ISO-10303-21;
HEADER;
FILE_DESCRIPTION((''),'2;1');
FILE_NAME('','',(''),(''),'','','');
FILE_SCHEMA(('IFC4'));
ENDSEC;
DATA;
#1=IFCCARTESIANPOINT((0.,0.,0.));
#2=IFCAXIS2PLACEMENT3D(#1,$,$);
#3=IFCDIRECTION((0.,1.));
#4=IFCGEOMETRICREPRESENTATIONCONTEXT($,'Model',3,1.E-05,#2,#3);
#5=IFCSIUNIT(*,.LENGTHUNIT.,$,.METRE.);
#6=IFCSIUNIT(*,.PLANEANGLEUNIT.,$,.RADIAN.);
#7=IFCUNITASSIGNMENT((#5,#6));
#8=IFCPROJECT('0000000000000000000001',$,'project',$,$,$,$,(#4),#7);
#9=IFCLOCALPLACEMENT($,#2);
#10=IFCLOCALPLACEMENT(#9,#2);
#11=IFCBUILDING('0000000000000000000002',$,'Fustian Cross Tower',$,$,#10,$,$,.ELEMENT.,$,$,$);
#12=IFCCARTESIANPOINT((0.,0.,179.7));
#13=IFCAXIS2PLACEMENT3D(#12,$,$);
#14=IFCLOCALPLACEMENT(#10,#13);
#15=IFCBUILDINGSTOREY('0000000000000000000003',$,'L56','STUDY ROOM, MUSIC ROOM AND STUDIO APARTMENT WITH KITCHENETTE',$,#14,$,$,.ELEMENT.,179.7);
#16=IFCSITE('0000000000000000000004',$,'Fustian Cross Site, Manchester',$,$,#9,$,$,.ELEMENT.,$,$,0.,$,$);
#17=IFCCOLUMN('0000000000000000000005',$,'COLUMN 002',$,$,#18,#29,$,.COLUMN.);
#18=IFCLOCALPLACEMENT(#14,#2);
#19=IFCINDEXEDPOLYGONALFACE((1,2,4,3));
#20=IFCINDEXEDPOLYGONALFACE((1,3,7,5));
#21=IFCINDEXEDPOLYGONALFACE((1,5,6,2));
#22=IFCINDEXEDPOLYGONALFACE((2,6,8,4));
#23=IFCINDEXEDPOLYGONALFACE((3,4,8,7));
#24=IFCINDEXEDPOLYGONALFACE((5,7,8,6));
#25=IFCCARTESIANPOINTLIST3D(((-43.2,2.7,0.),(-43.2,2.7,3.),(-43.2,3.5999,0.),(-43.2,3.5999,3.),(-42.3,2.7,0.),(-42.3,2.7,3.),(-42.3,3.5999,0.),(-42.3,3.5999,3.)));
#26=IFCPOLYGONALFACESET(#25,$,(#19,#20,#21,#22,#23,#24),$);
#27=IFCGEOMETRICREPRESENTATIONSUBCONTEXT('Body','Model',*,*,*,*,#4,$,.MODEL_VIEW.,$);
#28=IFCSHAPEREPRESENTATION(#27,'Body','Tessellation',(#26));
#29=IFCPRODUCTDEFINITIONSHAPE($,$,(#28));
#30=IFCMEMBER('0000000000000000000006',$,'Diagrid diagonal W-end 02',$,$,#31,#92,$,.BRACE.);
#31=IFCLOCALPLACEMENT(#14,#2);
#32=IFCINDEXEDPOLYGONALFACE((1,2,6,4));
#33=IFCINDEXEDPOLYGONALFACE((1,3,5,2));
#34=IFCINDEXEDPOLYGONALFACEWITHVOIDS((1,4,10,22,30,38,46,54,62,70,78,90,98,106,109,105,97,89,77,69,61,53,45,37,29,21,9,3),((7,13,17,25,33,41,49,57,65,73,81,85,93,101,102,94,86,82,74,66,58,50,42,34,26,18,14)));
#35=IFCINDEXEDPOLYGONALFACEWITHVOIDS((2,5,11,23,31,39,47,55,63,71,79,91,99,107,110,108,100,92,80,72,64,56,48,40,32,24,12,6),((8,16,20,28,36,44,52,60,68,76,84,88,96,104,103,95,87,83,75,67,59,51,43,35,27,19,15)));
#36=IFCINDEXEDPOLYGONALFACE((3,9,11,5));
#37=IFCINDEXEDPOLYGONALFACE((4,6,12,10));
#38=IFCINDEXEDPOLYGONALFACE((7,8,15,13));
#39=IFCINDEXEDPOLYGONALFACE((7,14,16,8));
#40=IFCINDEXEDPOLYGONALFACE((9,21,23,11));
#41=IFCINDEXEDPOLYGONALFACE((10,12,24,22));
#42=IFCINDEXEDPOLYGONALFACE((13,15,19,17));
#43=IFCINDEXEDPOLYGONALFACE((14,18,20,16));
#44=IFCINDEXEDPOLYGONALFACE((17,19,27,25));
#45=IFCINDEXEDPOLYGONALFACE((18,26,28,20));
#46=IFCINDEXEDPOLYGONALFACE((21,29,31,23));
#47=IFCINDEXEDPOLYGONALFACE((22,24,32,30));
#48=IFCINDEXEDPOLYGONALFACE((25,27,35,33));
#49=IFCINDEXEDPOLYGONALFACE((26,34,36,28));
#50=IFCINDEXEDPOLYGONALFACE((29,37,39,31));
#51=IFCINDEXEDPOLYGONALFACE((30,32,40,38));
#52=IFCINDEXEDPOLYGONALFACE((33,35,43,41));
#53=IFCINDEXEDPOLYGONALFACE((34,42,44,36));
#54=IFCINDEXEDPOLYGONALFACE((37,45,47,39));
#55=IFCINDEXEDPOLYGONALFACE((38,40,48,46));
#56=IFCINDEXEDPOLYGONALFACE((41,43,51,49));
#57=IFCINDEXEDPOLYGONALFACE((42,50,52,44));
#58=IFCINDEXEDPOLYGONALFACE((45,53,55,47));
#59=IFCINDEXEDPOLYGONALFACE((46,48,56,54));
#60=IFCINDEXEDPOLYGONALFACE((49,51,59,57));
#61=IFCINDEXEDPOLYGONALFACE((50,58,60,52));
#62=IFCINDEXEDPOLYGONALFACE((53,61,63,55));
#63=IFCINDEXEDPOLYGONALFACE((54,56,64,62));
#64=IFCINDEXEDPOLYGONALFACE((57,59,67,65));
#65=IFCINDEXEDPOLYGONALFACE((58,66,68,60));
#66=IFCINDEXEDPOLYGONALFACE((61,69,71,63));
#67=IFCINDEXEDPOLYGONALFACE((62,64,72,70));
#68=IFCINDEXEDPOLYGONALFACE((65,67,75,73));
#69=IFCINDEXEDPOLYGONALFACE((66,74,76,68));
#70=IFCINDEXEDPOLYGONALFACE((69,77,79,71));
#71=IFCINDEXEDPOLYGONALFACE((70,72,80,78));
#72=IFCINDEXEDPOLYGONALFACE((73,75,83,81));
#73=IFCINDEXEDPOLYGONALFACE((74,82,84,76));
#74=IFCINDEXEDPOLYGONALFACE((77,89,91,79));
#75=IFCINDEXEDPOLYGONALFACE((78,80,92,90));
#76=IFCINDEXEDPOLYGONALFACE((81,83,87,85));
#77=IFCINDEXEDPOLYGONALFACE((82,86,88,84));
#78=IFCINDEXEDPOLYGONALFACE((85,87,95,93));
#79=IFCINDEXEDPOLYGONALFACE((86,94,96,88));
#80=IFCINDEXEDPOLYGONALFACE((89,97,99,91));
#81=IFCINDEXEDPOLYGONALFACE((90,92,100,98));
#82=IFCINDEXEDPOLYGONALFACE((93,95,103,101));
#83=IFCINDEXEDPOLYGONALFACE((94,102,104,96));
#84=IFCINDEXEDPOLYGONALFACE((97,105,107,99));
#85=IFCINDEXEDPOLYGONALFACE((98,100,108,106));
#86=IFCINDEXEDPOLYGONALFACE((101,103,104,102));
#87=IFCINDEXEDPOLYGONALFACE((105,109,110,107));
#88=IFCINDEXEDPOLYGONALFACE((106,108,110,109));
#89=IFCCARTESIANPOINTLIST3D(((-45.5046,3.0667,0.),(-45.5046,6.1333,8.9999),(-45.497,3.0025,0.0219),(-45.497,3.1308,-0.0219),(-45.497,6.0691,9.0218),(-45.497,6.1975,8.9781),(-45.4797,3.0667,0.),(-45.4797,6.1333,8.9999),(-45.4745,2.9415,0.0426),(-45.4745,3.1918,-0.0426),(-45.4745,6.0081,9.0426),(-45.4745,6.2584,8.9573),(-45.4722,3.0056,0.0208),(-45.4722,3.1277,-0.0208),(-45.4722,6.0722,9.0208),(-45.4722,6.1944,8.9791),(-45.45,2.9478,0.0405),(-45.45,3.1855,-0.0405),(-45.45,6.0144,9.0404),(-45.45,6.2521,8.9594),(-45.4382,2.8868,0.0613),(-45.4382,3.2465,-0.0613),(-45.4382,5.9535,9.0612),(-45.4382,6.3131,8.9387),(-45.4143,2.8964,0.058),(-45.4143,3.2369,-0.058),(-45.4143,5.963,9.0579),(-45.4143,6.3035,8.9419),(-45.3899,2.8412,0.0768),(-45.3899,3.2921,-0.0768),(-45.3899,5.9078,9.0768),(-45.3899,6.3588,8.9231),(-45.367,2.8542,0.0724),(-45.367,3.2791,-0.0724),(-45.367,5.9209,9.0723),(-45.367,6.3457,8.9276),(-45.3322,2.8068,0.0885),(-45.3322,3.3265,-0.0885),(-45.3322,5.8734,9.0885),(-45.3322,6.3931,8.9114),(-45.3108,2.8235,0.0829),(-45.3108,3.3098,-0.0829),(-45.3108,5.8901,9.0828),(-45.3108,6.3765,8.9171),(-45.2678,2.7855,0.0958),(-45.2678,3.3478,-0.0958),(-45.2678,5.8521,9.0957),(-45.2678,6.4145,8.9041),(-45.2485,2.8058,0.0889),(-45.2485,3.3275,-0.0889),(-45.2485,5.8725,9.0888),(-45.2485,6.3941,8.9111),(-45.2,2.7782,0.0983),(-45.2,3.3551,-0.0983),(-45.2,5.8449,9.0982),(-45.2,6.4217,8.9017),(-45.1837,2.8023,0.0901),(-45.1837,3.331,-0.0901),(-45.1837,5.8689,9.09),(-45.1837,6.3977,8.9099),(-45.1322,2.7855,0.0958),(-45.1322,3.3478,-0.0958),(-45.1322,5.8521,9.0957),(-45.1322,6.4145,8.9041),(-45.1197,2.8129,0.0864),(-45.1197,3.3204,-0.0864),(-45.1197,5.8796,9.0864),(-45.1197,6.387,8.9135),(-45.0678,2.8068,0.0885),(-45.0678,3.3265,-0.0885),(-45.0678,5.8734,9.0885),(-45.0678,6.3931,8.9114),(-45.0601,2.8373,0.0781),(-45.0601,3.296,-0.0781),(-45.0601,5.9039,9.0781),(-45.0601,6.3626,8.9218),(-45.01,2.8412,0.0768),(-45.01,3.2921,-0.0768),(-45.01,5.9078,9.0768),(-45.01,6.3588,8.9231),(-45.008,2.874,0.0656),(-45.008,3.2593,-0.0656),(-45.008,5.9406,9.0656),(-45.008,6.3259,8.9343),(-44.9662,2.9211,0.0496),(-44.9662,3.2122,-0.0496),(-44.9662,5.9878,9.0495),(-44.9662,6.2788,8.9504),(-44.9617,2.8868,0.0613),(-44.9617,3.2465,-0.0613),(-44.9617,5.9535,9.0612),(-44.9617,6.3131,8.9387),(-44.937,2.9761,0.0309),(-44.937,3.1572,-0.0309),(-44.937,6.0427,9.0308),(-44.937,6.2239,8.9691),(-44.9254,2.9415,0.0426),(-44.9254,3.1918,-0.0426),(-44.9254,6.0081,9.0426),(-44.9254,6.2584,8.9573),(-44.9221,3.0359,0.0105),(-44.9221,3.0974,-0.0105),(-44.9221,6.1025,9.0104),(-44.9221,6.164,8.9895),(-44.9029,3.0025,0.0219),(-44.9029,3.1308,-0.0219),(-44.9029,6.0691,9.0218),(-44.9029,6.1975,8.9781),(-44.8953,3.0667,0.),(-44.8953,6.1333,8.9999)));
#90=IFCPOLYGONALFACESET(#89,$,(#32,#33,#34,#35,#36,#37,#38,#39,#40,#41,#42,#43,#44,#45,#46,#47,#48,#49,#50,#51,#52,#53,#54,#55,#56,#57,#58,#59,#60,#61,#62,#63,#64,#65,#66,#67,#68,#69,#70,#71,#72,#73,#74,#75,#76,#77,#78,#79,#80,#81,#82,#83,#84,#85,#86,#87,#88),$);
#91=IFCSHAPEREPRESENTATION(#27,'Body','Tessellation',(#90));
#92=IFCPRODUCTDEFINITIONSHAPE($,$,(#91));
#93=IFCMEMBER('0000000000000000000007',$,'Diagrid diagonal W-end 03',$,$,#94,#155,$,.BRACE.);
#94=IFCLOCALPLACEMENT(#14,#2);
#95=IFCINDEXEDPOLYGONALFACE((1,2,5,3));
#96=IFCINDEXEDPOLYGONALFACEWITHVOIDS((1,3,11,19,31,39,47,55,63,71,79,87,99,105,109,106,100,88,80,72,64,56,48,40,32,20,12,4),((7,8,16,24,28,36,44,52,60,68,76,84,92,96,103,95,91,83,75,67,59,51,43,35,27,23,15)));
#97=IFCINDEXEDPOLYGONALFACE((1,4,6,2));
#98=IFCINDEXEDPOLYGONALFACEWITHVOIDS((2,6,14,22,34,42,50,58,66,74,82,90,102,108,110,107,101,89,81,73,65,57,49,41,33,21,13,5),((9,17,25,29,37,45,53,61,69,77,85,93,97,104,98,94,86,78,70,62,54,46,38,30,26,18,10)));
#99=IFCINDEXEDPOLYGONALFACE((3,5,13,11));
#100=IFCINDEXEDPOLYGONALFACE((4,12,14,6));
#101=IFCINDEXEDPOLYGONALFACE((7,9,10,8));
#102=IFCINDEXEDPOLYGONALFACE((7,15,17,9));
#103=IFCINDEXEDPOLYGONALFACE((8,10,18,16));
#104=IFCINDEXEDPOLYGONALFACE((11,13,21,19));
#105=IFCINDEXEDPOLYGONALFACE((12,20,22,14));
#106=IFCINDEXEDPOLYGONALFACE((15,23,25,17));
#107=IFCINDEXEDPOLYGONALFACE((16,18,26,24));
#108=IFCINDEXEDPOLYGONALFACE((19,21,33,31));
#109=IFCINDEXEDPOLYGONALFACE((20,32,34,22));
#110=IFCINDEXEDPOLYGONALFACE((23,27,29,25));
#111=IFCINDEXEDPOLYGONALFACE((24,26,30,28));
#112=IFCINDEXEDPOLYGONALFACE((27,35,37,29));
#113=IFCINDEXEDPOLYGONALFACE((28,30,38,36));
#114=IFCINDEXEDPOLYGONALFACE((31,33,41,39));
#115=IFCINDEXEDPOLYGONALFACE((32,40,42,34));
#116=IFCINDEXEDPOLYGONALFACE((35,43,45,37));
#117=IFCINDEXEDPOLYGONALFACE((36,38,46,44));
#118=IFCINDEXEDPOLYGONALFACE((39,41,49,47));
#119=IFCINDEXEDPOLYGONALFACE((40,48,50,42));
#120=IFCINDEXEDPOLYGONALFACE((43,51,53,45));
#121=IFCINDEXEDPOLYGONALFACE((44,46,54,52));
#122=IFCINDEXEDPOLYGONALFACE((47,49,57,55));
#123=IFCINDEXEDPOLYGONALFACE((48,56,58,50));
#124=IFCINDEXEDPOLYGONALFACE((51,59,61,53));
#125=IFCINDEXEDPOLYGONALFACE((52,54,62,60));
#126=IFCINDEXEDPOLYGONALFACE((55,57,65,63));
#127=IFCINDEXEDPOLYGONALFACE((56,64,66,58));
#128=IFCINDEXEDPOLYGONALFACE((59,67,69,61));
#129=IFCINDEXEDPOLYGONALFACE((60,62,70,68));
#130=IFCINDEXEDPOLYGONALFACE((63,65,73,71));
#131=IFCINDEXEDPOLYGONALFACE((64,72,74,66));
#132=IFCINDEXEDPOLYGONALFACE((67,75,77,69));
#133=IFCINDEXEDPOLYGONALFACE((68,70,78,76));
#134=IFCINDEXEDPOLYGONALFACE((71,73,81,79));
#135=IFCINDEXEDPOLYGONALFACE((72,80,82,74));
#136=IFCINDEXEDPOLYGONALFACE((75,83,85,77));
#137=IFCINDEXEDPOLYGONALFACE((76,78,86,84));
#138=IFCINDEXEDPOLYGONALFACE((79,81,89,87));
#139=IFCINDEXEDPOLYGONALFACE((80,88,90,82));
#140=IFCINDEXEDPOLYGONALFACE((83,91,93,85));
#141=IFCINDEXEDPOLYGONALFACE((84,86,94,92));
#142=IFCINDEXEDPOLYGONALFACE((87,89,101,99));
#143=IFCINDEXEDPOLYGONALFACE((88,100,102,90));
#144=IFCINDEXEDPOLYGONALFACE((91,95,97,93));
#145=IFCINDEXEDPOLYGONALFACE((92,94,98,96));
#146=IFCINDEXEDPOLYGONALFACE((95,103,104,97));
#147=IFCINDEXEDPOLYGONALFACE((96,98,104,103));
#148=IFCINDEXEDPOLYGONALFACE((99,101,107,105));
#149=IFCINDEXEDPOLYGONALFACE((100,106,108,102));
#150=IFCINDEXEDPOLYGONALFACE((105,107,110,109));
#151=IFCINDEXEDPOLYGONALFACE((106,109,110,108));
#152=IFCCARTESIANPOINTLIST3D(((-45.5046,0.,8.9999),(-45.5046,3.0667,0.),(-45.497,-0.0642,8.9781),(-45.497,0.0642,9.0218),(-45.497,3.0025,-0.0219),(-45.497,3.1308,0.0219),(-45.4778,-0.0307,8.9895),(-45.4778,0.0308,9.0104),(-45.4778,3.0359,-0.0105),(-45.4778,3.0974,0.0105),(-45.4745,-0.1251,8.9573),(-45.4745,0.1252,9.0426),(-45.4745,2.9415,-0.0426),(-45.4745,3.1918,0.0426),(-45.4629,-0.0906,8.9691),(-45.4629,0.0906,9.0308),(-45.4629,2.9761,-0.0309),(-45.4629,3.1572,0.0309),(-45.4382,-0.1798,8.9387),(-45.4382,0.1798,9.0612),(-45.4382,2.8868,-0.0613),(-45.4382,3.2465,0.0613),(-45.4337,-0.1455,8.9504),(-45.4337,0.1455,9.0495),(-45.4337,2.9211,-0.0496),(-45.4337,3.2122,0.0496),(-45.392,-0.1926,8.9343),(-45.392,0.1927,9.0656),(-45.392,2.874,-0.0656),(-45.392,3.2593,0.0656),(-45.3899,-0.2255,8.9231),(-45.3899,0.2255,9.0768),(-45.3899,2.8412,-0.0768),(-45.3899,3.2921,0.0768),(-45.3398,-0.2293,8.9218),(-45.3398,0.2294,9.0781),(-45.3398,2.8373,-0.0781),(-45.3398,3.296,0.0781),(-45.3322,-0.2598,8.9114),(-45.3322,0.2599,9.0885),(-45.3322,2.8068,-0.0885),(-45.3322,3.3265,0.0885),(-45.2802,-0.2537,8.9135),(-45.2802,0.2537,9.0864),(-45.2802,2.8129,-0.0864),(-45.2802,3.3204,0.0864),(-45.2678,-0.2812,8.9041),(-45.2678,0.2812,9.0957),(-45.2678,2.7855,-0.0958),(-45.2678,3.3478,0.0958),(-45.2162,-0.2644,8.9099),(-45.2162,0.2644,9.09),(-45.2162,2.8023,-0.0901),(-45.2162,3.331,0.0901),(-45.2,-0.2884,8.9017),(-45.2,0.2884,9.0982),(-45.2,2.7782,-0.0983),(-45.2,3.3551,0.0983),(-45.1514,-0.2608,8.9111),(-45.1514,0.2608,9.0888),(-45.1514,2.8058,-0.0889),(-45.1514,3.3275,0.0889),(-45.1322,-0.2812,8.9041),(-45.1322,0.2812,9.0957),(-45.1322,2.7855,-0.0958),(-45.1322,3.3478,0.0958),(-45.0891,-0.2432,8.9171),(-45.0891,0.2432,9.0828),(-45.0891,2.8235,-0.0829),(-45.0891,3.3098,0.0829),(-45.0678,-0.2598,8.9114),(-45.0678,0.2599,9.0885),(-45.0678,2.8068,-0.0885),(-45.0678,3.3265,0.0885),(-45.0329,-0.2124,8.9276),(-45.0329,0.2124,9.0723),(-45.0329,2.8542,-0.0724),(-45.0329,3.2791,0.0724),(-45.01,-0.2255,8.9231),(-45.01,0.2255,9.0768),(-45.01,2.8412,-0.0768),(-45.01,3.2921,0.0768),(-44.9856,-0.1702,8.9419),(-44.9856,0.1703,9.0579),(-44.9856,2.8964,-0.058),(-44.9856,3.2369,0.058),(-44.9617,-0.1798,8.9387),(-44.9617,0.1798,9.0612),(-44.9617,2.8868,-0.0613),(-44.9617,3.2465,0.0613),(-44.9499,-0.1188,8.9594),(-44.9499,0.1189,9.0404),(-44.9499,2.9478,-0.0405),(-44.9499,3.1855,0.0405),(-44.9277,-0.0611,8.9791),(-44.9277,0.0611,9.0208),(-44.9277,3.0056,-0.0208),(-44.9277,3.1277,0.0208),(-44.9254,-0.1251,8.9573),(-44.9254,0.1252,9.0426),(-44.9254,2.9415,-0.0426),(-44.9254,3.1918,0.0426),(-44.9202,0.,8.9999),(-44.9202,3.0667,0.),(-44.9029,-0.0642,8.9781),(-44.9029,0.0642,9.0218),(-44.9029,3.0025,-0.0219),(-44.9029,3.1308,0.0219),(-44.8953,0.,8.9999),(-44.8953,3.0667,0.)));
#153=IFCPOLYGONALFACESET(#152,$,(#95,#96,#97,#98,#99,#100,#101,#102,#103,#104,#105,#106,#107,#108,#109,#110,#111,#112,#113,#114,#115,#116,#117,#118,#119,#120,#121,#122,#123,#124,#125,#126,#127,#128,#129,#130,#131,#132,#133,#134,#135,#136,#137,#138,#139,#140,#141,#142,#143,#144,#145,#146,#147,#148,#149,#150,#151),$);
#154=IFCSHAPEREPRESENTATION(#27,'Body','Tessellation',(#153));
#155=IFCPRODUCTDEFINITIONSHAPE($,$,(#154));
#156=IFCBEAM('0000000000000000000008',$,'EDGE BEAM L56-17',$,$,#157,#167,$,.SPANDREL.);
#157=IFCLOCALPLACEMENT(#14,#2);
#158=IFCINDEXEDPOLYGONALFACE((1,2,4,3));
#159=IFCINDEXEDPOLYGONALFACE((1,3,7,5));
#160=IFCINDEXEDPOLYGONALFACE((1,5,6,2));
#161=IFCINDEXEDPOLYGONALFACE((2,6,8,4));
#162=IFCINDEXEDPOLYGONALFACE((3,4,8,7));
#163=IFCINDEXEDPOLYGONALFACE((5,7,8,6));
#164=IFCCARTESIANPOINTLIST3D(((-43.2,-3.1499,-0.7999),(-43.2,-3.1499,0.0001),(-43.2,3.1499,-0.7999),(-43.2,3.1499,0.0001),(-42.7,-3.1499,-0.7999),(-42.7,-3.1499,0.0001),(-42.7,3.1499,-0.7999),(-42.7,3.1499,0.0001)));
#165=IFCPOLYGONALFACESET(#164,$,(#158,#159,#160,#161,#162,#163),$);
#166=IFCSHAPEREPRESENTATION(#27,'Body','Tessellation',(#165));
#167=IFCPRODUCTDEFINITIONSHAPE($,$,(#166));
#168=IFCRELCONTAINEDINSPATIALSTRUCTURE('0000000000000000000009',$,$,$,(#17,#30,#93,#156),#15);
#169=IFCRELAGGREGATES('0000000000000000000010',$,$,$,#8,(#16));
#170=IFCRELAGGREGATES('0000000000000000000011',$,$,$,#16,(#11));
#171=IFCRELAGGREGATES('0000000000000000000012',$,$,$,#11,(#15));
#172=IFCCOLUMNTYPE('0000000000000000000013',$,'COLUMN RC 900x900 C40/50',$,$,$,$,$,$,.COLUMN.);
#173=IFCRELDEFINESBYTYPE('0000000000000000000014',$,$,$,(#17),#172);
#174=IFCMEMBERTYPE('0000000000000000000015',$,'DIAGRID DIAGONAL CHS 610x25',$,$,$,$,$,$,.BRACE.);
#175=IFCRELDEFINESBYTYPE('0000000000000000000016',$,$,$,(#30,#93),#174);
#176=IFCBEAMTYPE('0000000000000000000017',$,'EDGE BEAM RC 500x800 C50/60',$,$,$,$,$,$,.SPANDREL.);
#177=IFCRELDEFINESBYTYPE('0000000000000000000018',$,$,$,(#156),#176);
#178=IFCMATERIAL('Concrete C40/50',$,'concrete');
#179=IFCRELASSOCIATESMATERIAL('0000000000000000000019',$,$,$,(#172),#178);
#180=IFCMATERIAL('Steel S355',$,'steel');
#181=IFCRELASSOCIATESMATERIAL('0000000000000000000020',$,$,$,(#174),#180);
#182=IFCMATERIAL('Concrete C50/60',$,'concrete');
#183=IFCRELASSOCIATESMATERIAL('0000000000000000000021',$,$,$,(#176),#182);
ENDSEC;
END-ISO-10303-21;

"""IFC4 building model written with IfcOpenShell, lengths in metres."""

from ifc_helpers import new_model, si_unit, direction, frame, origin, origin_2d, place, context, subcontext, project, spatial, rectangle, hollow_circle, extrude, material, material_profile, profile_set, type_object, element, save


model = new_model("IFC4")

# Units and contexts
model_context = context("Model", 3, precision=1e-05, world=origin(), true_north=direction((0.0, 1.0)))
body_context = subcontext(model_context, "Body", "Model", "MODEL_VIEW")
ifc_project = project(units=[si_unit("LENGTHUNIT", "METRE"), si_unit("PLANEANGLEUNIT", "RADIAN")], contexts=[model_context])

# Site, building, storey
site_placement = place(None, origin())
site = spatial("IfcSite", under=ifc_project, at=site_placement, Name="Fustian Cross Site, Manchester", CompositionType="ELEMENT", RefElevation=0.0)
building_placement = place(site_placement, origin())
building = spatial("IfcBuilding", under=site, at=building_placement, Name="Fustian Cross Tower", CompositionType="ELEMENT")
storey_placement = place(building_placement, frame((0.0, 0.0, 179.7)))
storey = spatial("IfcBuildingStorey", under=building, at=storey_placement, Name="L56", Description="STUDY ROOM, MUSIC ROOM AND STUDIO APARTMENT WITH KITCHENETTE", CompositionType="ELEMENT", Elevation=179.7)

# Column
ifc_material_1 = material(Name="Concrete C40/50", Category="concrete")
ifc_material_profile_1 = material_profile(ifc_material_1, rectangle(XDim=0.8999, YDim=0.8999, at=origin_2d()), Name="RC 900x900")
ifc_profile_set_1 = profile_set([ifc_material_profile_1], Name="Concrete C40/50")
column_type = type_object("IfcColumnType", Name="COLUMN RC 900x900 C40/50", PredefinedType="COLUMN", material=ifc_profile_set_1)
column_placement = place(storey_placement, frame((-42.75, 3.1499, 0.0), z_axis=(0.0, 0.0, 1.0), x_axis=(1.0, 0.0, 0.0)))
element("IfcColumn", 1, at=column_placement, inside=storey, type_object=column_type, Name="COLUMN 002", PredefinedType="COLUMN", context=body_context, shape_type="SweptSolid", body=[
    extrude(rectangle(XDim=0.8999, YDim=0.8999, at=origin_2d()), origin(), (0.0, 0.0, 1.0), 3.0),
])

# Members
ifc_material_2 = material(Name="Steel S355", Category="steel")
ifc_material_profile_2 = material_profile(ifc_material_2, hollow_circle(Radius=0.3047, WallThickness=0.0249, at=origin_2d()), Name="CHS 610x25")
ifc_profile_set_2 = profile_set([ifc_material_profile_2], Name="Steel S355")
member_type = type_object("IfcMemberType", Name="DIAGRID DIAGONAL CHS 610x25", PredefinedType="BRACE", material=ifc_profile_set_2)
for number, where, z_axis, x_axis, name in (
    (2, (-45.2, 3.0667, 0.0), (0.0, 0.32253, 0.946559), (-1.0, 0.0, 0.0), "Diagrid diagonal W-end 02"),
    (3, (-45.2, 3.0667, 0.0), (0.0, -0.32253, 0.946559), (1.0, 0.0, 0.0), "Diagrid diagonal W-end 03"),
):
    element("IfcMember", number, at=place(storey_placement, frame(where, z_axis=z_axis, x_axis=x_axis)), inside=storey, type_object=member_type, Name=name, PredefinedType="BRACE", context=body_context, shape_type="SweptSolid", body=[
        extrude(hollow_circle(Radius=0.3047, WallThickness=0.0249, at=origin_2d()), origin(), (0.0, 0.0, 1.0), 9.5081),
    ])

# Beam
ifc_material_3 = material(Name="Concrete C50/60", Category="concrete")
ifc_material_profile_3 = material_profile(ifc_material_3, rectangle(XDim=0.5, YDim=0.8, at=origin_2d()), Name="RC 500x800")
ifc_profile_set_3 = profile_set([ifc_material_profile_3], Name="Concrete C50/60")
beam_type = type_object("IfcBeamType", Name="EDGE BEAM RC 500x800 C50/60", PredefinedType="SPANDREL", material=ifc_profile_set_3)
beam_placement = place(storey_placement, frame((-42.95, 3.1499, -0.3999), z_axis=(0.0, -1.0, 0.0), x_axis=(1.0, 0.0, 0.0)))
element("IfcBeam", 4, at=beam_placement, inside=storey, type_object=beam_type, Name="EDGE BEAM L56-17", PredefinedType="SPANDREL", context=body_context, shape_type="SweptSolid", body=[
    extrude(rectangle(XDim=0.5, YDim=0.8, at=origin_2d()), origin(), (0.0, 0.0, 1.0), 6.2998),
])

save(model, "model.ifc")
